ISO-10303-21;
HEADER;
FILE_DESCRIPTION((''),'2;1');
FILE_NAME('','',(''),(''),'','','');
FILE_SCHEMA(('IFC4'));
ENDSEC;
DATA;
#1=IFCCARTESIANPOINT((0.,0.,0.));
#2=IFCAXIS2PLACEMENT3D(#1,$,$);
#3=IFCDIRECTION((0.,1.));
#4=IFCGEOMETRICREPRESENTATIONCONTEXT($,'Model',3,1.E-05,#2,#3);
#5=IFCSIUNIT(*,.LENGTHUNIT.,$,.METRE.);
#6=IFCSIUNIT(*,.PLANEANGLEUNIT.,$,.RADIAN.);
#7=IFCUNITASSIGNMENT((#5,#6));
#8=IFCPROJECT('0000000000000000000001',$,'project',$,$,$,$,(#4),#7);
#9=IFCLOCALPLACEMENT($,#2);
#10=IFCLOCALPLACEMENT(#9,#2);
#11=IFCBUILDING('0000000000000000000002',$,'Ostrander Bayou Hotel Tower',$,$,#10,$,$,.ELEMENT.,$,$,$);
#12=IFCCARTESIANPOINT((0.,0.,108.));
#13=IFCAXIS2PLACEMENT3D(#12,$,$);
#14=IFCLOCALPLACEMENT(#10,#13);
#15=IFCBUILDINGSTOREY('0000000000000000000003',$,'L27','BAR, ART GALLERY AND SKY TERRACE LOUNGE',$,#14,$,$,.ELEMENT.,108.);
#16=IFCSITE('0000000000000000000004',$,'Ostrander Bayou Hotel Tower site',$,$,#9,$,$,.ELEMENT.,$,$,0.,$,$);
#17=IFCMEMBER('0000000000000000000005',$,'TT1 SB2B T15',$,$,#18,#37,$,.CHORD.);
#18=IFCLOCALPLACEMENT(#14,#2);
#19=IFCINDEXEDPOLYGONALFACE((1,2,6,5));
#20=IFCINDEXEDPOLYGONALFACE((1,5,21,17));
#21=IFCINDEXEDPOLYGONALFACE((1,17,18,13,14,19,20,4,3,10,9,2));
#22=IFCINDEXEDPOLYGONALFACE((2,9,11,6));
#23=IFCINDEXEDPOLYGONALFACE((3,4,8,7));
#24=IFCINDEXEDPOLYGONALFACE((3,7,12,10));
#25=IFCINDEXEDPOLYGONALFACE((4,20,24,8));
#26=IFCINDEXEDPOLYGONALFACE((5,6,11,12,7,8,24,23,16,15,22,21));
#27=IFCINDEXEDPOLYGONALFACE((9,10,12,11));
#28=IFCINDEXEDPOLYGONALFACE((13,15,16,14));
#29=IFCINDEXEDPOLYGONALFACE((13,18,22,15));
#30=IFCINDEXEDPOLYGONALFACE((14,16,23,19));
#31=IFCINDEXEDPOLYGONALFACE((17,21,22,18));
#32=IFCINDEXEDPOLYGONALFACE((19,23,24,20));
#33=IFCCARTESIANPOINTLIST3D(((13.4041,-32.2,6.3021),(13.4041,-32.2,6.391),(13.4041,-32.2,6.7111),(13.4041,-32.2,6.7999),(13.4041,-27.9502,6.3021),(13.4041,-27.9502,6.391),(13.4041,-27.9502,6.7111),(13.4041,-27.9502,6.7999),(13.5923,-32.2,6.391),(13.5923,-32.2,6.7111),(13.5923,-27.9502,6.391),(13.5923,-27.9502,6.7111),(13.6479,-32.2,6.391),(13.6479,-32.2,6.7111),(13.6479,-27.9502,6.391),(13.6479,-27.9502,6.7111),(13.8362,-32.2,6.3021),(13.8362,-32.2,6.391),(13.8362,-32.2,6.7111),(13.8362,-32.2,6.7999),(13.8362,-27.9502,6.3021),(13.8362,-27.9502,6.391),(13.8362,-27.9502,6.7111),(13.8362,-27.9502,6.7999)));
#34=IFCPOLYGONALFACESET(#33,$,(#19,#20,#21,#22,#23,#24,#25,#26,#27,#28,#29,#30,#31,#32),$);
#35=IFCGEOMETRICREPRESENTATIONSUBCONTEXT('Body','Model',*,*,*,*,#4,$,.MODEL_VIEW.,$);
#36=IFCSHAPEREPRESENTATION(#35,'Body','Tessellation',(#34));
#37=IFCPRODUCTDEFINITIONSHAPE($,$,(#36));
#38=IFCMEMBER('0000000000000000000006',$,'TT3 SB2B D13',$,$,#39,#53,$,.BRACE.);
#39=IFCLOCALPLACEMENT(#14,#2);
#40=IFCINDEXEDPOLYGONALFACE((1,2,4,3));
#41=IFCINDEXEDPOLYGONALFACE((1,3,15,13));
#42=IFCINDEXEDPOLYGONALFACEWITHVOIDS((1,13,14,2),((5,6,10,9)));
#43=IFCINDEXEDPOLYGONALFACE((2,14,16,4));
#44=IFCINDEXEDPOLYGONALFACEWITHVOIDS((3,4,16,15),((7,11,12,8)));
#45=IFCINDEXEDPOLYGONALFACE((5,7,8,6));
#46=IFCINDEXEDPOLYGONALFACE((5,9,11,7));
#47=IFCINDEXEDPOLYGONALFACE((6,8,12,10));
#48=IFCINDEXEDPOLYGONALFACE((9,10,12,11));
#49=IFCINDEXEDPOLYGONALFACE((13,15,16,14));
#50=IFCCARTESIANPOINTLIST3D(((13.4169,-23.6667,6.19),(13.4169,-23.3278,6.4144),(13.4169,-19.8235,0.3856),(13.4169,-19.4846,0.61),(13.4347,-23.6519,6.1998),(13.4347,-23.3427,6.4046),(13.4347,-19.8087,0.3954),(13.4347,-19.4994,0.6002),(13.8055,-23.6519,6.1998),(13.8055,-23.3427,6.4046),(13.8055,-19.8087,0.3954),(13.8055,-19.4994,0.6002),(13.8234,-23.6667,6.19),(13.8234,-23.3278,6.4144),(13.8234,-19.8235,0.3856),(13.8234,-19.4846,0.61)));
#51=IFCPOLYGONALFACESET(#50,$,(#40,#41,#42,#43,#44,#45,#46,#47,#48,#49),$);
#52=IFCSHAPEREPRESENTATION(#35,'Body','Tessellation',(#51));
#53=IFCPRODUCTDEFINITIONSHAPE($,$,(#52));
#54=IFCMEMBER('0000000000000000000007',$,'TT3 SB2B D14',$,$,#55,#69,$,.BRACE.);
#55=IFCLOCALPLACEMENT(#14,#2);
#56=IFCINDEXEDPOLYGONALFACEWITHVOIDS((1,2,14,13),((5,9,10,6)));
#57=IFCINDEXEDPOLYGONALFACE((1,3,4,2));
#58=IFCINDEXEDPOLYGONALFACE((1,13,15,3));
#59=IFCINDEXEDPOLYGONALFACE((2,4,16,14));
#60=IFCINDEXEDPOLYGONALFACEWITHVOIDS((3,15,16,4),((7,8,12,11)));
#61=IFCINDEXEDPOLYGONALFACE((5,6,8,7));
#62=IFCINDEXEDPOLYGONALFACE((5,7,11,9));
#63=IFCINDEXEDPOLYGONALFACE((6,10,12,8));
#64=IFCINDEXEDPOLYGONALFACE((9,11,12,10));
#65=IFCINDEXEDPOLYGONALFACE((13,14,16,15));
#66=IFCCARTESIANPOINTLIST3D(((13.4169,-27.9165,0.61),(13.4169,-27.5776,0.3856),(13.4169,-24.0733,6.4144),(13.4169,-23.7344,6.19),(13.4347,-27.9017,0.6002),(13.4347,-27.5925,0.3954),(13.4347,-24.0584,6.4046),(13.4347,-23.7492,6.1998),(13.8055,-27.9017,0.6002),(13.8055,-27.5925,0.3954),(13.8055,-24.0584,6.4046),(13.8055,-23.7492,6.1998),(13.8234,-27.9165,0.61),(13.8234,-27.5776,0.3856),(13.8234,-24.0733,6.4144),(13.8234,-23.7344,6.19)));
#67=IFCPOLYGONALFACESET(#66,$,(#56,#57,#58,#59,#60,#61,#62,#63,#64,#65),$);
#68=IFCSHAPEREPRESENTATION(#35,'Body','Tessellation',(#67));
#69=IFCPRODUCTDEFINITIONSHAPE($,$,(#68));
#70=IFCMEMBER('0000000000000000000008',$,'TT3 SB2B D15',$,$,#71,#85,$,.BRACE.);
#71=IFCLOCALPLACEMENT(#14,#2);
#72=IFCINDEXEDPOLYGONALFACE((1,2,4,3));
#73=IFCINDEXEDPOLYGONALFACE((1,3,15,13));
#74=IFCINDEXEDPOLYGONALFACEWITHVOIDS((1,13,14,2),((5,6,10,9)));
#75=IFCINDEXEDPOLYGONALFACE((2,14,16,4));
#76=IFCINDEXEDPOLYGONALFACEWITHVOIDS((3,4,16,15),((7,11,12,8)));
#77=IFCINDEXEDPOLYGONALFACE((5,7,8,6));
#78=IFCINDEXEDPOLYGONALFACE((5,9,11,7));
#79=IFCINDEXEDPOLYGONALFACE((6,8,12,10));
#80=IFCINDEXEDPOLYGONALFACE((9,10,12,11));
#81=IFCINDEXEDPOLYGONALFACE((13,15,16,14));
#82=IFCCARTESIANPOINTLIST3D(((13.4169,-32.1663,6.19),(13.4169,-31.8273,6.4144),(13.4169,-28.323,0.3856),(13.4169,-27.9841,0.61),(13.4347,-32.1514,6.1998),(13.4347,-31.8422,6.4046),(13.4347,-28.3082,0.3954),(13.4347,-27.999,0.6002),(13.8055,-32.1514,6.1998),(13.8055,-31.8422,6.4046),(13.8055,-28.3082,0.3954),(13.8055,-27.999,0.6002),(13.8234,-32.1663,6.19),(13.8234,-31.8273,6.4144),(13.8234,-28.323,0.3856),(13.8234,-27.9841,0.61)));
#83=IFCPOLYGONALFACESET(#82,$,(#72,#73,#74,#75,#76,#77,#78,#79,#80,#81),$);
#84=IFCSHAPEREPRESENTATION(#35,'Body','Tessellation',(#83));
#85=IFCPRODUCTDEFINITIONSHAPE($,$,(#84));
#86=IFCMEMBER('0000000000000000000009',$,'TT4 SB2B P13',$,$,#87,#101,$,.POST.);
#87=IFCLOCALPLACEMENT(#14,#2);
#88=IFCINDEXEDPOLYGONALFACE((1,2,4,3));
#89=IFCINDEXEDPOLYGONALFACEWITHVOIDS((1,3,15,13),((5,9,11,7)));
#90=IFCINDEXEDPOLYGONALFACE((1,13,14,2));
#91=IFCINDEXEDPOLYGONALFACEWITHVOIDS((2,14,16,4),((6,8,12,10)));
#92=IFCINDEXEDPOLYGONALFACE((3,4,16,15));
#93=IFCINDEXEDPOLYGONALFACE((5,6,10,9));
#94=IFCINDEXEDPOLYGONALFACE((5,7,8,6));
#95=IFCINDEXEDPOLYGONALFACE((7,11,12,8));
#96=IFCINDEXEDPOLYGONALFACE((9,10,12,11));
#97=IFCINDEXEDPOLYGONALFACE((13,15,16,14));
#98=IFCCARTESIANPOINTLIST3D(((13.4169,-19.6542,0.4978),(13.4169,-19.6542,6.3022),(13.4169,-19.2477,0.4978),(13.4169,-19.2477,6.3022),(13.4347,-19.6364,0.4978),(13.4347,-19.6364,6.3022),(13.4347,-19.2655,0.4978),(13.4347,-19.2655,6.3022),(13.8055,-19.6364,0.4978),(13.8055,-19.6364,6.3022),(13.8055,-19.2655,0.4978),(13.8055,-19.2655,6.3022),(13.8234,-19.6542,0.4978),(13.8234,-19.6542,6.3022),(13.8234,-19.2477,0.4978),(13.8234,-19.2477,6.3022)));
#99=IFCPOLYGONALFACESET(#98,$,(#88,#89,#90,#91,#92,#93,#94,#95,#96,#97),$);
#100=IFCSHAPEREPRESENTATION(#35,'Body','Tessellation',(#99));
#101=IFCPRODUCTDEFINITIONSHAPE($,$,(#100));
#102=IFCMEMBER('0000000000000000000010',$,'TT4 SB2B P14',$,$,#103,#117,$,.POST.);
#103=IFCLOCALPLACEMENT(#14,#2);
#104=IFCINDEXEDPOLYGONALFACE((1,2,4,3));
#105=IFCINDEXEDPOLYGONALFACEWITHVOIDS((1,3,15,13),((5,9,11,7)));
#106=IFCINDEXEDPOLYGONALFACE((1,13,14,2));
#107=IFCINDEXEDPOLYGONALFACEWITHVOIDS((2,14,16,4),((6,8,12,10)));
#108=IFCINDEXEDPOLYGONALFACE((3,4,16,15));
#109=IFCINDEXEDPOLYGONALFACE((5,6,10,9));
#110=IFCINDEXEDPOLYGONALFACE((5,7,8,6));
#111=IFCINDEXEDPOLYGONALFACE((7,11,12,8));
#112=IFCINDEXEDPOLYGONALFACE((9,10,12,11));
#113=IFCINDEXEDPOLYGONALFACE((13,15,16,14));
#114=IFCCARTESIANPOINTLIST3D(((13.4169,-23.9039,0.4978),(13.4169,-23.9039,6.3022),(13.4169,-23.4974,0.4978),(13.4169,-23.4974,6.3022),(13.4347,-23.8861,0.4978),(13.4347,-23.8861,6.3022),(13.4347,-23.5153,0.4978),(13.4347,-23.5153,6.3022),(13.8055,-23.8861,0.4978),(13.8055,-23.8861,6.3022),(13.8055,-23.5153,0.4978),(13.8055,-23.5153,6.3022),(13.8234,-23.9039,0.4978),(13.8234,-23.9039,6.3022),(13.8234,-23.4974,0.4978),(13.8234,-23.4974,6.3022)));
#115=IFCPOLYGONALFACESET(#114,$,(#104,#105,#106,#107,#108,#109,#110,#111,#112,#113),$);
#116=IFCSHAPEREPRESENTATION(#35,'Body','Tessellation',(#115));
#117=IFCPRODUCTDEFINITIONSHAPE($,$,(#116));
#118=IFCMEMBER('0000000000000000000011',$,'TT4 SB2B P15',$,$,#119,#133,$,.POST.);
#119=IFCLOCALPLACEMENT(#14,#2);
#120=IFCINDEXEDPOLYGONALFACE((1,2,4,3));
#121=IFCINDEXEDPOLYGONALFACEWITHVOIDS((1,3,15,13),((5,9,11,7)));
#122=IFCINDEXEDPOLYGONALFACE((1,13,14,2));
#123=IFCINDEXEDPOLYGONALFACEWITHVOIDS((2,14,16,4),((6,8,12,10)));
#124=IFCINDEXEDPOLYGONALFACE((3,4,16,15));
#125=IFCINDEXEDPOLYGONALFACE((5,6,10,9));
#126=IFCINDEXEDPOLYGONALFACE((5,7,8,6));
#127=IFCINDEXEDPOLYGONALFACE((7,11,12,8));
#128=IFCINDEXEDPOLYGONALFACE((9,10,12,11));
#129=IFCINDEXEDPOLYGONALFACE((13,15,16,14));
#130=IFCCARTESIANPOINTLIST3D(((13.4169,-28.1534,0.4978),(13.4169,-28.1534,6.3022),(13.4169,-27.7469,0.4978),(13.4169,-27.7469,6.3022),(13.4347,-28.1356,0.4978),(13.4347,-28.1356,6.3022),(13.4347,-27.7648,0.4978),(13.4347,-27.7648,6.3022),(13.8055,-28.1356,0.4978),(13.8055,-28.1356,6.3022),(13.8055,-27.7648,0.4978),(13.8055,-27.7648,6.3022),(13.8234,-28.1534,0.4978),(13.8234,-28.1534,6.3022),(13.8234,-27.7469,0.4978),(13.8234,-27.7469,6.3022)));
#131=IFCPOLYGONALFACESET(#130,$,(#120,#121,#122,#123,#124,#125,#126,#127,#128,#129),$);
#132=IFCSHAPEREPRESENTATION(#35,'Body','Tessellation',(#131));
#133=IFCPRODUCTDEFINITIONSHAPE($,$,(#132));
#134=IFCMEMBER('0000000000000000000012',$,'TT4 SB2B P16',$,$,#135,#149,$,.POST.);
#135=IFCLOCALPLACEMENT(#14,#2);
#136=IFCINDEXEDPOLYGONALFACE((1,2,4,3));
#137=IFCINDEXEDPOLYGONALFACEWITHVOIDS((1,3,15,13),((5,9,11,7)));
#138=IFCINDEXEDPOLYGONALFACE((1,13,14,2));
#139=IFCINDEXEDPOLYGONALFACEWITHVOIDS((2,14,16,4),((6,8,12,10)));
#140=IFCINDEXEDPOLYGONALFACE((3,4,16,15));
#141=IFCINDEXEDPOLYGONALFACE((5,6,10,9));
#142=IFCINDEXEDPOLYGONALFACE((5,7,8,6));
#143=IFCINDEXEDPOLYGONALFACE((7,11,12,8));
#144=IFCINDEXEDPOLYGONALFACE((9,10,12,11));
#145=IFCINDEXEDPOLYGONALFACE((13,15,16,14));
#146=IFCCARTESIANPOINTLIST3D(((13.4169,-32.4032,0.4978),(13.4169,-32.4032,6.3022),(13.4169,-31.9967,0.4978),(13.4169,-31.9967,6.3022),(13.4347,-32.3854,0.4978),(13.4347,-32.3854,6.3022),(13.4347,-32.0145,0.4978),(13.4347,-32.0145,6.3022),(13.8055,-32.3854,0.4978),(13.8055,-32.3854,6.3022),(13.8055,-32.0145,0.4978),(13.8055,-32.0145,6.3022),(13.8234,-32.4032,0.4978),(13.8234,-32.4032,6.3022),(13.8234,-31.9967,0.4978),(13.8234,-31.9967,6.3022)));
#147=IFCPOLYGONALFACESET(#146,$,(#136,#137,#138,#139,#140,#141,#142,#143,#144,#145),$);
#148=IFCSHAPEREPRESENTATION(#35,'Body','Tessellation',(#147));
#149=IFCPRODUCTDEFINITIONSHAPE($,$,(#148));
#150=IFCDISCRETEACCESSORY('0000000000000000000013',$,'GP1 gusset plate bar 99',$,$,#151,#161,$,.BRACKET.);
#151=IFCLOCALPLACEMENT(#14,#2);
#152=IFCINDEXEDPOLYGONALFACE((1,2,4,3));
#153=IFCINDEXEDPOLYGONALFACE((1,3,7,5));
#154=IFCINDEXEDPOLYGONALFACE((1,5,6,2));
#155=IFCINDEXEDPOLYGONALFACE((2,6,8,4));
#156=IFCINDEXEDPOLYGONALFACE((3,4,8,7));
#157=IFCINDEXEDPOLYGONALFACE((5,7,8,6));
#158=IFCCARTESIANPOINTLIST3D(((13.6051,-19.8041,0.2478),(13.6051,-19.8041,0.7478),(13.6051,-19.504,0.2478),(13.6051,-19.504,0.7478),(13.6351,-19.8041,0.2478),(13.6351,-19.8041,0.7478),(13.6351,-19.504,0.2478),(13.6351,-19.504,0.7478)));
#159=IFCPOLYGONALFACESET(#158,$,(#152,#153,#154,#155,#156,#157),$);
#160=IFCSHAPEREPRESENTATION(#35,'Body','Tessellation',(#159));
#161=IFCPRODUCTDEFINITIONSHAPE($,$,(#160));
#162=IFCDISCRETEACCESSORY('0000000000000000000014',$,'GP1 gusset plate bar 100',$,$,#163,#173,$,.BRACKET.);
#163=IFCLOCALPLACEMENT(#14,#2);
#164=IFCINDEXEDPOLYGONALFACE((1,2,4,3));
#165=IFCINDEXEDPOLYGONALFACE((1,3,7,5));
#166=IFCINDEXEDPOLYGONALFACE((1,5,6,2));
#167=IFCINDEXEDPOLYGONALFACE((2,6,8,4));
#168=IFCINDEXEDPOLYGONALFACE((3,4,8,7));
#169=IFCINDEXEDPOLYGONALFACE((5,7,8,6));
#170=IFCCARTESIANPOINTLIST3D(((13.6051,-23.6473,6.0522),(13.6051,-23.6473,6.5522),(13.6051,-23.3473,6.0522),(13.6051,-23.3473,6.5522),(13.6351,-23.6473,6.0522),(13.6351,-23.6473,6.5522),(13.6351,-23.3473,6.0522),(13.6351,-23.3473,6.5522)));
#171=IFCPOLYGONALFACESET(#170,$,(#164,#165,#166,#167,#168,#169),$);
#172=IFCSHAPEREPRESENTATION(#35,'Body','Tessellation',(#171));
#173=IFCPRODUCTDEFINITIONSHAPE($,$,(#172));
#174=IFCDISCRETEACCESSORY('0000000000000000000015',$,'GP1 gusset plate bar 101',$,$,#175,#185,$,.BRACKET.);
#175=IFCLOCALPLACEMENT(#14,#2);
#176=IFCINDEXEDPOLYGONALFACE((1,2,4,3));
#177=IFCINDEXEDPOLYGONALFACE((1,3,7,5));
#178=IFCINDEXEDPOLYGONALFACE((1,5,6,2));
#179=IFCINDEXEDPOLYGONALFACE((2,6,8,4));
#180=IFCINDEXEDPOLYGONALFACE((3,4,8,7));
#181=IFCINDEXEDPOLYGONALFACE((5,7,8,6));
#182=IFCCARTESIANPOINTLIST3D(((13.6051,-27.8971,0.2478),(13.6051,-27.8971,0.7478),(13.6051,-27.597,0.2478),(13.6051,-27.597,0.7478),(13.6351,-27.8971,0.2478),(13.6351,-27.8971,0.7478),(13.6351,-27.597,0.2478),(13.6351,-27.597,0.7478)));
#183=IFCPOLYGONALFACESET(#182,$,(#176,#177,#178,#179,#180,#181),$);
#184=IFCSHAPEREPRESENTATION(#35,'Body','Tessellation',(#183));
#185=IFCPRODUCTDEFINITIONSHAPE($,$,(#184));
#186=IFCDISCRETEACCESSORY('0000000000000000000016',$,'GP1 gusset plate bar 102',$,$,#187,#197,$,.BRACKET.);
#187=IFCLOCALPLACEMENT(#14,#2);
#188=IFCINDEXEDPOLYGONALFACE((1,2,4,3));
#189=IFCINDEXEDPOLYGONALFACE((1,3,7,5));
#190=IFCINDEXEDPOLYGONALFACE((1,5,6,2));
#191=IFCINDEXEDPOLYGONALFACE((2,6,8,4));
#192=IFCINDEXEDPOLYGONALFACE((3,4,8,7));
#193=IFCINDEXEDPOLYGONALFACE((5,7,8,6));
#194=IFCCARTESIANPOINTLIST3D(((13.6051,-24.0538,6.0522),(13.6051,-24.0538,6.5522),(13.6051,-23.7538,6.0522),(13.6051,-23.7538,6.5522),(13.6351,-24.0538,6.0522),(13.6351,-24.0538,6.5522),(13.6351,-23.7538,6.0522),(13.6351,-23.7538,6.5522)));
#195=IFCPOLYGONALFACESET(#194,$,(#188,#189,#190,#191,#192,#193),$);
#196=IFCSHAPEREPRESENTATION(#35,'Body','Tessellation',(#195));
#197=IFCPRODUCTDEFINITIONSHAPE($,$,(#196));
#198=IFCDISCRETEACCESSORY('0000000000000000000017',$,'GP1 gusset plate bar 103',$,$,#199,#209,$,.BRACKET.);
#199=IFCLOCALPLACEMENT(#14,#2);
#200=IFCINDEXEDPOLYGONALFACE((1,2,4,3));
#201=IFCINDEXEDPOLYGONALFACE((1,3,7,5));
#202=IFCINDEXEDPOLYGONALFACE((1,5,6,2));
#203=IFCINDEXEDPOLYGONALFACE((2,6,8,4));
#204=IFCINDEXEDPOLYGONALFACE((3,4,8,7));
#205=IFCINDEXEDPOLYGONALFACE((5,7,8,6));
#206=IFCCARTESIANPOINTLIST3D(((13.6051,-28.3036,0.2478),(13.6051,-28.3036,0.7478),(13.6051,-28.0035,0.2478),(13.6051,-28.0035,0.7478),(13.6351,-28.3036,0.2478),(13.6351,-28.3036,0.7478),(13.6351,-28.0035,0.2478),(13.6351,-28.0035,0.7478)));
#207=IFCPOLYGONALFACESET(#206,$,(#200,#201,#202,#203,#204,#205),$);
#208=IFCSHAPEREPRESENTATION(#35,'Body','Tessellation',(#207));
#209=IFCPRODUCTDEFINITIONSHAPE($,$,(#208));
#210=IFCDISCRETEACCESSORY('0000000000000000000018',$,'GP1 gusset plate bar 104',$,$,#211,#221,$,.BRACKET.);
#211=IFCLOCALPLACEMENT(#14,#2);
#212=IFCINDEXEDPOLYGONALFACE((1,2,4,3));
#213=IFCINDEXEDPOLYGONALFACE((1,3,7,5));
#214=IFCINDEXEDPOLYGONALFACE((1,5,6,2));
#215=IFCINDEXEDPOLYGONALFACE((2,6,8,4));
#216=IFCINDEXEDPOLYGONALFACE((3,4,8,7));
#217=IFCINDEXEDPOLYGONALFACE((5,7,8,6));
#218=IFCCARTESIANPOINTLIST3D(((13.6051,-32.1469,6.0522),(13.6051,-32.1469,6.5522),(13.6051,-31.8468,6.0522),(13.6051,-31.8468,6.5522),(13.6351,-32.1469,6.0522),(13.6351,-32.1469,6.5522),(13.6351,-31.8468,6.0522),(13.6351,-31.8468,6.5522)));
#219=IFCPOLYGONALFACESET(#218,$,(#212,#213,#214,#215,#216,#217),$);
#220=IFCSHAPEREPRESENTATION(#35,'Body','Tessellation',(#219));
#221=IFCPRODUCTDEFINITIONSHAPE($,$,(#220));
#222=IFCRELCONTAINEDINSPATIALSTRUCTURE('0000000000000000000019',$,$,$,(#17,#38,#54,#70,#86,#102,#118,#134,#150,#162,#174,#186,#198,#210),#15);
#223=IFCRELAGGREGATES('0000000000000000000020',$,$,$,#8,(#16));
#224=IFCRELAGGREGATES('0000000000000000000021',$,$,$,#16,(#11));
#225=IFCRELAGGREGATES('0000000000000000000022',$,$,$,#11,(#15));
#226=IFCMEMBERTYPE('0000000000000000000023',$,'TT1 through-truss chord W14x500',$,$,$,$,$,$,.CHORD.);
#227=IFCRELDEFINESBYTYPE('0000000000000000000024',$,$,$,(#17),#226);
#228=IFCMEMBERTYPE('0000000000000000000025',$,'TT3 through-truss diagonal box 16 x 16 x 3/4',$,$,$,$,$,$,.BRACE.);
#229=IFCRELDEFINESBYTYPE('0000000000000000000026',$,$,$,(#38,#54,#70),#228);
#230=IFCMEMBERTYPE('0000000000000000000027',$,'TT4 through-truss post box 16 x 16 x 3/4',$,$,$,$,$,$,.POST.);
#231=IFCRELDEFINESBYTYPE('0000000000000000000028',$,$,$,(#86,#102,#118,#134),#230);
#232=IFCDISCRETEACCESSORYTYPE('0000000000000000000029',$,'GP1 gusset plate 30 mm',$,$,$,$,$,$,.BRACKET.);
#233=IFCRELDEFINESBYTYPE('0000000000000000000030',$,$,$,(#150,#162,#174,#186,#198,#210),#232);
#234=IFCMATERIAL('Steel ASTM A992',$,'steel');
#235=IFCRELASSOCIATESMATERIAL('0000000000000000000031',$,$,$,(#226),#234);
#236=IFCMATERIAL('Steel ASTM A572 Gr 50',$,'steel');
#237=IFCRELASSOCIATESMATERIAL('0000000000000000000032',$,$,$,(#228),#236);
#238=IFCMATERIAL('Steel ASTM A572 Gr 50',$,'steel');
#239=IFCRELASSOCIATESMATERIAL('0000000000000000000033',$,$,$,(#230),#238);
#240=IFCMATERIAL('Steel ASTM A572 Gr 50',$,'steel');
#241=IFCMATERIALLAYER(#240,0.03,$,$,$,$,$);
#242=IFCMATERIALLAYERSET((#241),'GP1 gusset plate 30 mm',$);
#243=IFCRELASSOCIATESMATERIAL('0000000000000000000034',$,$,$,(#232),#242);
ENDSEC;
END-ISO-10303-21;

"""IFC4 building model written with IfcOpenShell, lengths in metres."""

from ifc_helpers import new_model, si_unit, direction, frame, origin, origin_2d, place, context, subcontext, project, spatial, rectangle, hollow_rectangle, i_section, extrude, material, layer, layer_set, material_profile, profile_set, type_object, element, save


model = new_model("IFC4")

# Units and contexts
model_context = context("Model", 3, precision=1e-05, world=origin(), true_north=direction((0.0, 1.0)))
body_context = subcontext(model_context, "Body", "Model", "MODEL_VIEW")
ifc_project = project(units=[si_unit("LENGTHUNIT", "METRE"), si_unit("PLANEANGLEUNIT", "RADIAN")], contexts=[model_context])

# Site, building, storey
site_placement = place(None, origin())
site = spatial("IfcSite", under=ifc_project, at=site_placement, Name="Ostrander Bayou Hotel Tower site", CompositionType="ELEMENT", RefElevation=0.0)
building_placement = place(site_placement, origin())
building = spatial("IfcBuilding", under=site, at=building_placement, Name="Ostrander Bayou Hotel Tower", CompositionType="ELEMENT")
storey_placement = place(building_placement, frame((0.0, 0.0, 108.0)))
storey = spatial("IfcBuildingStorey", under=building, at=storey_placement, Name="L27", Description="BAR, ART GALLERY AND SKY TERRACE LOUNGE", CompositionType="ELEMENT", Elevation=108.0)

# Members
ifc_material_1 = material(Name="Steel ASTM A992", Category="steel")
ifc_material_profile_1 = material_profile(ifc_material_1, i_section(OverallWidth=0.4321, OverallDepth=0.4978, WebThickness=0.0557, FlangeThickness=0.0889, at=origin_2d()))
ifc_profile_set_1 = profile_set([ifc_material_profile_1], Name="Steel ASTM A992")
member_type_1 = type_object("IfcMemberType", Name="TT1 through-truss chord W14x500", PredefinedType="CHORD", material=ifc_profile_set_1)
for number, where, z_axis, x_axis, name in (
    (1, (13.6201, -27.9502, 6.551), (0.0, -1.0, 0.0), (1.0, 0.0, 0.0), "TT1 SB2B T15"),
):
    element("IfcMember", number, at=place(storey_placement, frame(where, z_axis=z_axis, x_axis=x_axis)), inside=storey, type_object=member_type_1, Name=name, PredefinedType="CHORD", context=body_context, shape_type="SweptSolid", body=[
        extrude(i_section(OverallWidth=0.4321, OverallDepth=0.4978, WebThickness=0.0557, FlangeThickness=0.0889, at=origin_2d()), origin(), (0.0, 0.0, 1.0), 4.2498),
    ])
ifc_material_2 = material(Name="Steel ASTM A572 Gr 50", Category="steel")
ifc_material_profile_2 = material_profile(ifc_material_2, hollow_rectangle(XDim=0.4065, YDim=0.4065, WallThickness=0.0178, at=origin_2d()))
ifc_profile_set_2 = profile_set([ifc_material_profile_2], Name="Steel ASTM A572 Gr 50")
member_type_2 = type_object("IfcMemberType", Name="TT3 through-truss diagonal box 16 x 16 x 3/4", PredefinedType="BRACE", material=ifc_profile_set_2)
for number, where, z_axis, x_axis, name in (
    (2, (13.6201, -19.6541, 0.4978), (0.0, -0.552075, 0.833794), (1.0, 0.0, 0.0), "TT3 SB2B D13"),
    (3, (13.6201, -27.7471, 0.4978), (0.0, 0.552075, 0.833794), (-1.0, 0.0, 0.0), "TT3 SB2B D14"),
    (4, (13.6201, -28.1536, 0.4978), (0.0, -0.552075, 0.833794), (1.0, 0.0, 0.0), "TT3 SB2B D15"),
):
    element("IfcMember", number, at=place(storey_placement, frame(where, z_axis=z_axis, x_axis=x_axis)), inside=storey, type_object=member_type_2, Name=name, PredefinedType="BRACE", context=body_context, shape_type="SweptSolid", body=[
        extrude(hollow_rectangle(XDim=0.4065, YDim=0.4065, WallThickness=0.0178, at=origin_2d()), origin(), (0.0, 0.0, 1.0), 6.9614),
    ])
ifc_material_3 = material(Name="Steel ASTM A572 Gr 50", Category="steel")
ifc_material_profile_3 = material_profile(ifc_material_3, hollow_rectangle(XDim=0.4065, YDim=0.4065, WallThickness=0.0178, at=origin_2d()))
ifc_profile_set_3 = profile_set([ifc_material_profile_3], Name="Steel ASTM A572 Gr 50")
member_type_3 = type_object("IfcMemberType", Name="TT4 through-truss post box 16 x 16 x 3/4", PredefinedType="POST", material=ifc_profile_set_3)
for number, where, z_axis, x_axis, name in (
    (5, (13.6201, -19.4509, 0.4978), (0.0, 0.0, 1.0), (1.0, 0.0, 0.0), "TT4 SB2B P13"),
    (6, (13.6201, -23.7007, 0.4978), (0.0, 0.0, 1.0), (1.0, 0.0, 0.0), "TT4 SB2B P14"),
    (7, (13.6201, -27.9502, 0.4978), (0.0, 0.0, 1.0), (1.0, 0.0, 0.0), "TT4 SB2B P15"),
    (8, (13.6201, -32.2, 0.4978), (0.0, 0.0, 1.0), (1.0, 0.0, 0.0), "TT4 SB2B P16"),
):
    element("IfcMember", number, at=place(storey_placement, frame(where, z_axis=z_axis, x_axis=x_axis)), inside=storey, type_object=member_type_3, Name=name, PredefinedType="POST", context=body_context, shape_type="SweptSolid", body=[
        extrude(hollow_rectangle(XDim=0.4065, YDim=0.4065, WallThickness=0.0178, at=origin_2d()), origin(), (0.0, 0.0, 1.0), 5.8044),
    ])

# Discrete accessories
ifc_material_4 = material(Name="Steel ASTM A572 Gr 50", Category="steel")
ifc_layer = layer(ifc_material_4, 0.03)
ifc_layer_set = layer_set([ifc_layer], Name="GP1 gusset plate 30 mm")
discrete_accessory_type = type_object("IfcDiscreteAccessoryType", Name="GP1 gusset plate 30 mm", PredefinedType="BRACKET", material=ifc_layer_set)
for number, where, z_axis, x_axis, name in (
    (9, (13.6201, -19.6541, 0.2478), (0.0, 0.0, 1.0), (0.0, -1.0, 0.0), "GP1 gusset plate bar 99"),
    (10, (13.6201, -23.4973, 6.0522), (0.0, 0.0, 1.0), (0.0, -1.0, 0.0), "GP1 gusset plate bar 100"),
    (11, (13.6201, -27.7471, 0.2478), (0.0, 0.0, 1.0), (0.0, 1.0, 0.0), "GP1 gusset plate bar 101"),
    (12, (13.6201, -23.9038, 6.0522), (0.0, 0.0, 1.0), (0.0, 1.0, 0.0), "GP1 gusset plate bar 102"),
    (13, (13.6201, -28.1536, 0.2478), (0.0, 0.0, 1.0), (0.0, -1.0, 0.0), "GP1 gusset plate bar 103"),
    (14, (13.6201, -31.9968, 6.0522), (0.0, 0.0, 1.0), (0.0, -1.0, 0.0), "GP1 gusset plate bar 104"),
):
    element("IfcDiscreteAccessory", number, at=place(storey_placement, frame(where, z_axis=z_axis, x_axis=x_axis)), inside=storey, type_object=discrete_accessory_type, Name=name, PredefinedType="BRACKET", context=body_context, shape_type="SweptSolid", body=[
        extrude(rectangle(XDim=0.3, YDim=0.03, at=origin_2d()), origin(), (0.0, 0.0, 1.0), 0.5),
    ])

save(model, "model.ifc")
